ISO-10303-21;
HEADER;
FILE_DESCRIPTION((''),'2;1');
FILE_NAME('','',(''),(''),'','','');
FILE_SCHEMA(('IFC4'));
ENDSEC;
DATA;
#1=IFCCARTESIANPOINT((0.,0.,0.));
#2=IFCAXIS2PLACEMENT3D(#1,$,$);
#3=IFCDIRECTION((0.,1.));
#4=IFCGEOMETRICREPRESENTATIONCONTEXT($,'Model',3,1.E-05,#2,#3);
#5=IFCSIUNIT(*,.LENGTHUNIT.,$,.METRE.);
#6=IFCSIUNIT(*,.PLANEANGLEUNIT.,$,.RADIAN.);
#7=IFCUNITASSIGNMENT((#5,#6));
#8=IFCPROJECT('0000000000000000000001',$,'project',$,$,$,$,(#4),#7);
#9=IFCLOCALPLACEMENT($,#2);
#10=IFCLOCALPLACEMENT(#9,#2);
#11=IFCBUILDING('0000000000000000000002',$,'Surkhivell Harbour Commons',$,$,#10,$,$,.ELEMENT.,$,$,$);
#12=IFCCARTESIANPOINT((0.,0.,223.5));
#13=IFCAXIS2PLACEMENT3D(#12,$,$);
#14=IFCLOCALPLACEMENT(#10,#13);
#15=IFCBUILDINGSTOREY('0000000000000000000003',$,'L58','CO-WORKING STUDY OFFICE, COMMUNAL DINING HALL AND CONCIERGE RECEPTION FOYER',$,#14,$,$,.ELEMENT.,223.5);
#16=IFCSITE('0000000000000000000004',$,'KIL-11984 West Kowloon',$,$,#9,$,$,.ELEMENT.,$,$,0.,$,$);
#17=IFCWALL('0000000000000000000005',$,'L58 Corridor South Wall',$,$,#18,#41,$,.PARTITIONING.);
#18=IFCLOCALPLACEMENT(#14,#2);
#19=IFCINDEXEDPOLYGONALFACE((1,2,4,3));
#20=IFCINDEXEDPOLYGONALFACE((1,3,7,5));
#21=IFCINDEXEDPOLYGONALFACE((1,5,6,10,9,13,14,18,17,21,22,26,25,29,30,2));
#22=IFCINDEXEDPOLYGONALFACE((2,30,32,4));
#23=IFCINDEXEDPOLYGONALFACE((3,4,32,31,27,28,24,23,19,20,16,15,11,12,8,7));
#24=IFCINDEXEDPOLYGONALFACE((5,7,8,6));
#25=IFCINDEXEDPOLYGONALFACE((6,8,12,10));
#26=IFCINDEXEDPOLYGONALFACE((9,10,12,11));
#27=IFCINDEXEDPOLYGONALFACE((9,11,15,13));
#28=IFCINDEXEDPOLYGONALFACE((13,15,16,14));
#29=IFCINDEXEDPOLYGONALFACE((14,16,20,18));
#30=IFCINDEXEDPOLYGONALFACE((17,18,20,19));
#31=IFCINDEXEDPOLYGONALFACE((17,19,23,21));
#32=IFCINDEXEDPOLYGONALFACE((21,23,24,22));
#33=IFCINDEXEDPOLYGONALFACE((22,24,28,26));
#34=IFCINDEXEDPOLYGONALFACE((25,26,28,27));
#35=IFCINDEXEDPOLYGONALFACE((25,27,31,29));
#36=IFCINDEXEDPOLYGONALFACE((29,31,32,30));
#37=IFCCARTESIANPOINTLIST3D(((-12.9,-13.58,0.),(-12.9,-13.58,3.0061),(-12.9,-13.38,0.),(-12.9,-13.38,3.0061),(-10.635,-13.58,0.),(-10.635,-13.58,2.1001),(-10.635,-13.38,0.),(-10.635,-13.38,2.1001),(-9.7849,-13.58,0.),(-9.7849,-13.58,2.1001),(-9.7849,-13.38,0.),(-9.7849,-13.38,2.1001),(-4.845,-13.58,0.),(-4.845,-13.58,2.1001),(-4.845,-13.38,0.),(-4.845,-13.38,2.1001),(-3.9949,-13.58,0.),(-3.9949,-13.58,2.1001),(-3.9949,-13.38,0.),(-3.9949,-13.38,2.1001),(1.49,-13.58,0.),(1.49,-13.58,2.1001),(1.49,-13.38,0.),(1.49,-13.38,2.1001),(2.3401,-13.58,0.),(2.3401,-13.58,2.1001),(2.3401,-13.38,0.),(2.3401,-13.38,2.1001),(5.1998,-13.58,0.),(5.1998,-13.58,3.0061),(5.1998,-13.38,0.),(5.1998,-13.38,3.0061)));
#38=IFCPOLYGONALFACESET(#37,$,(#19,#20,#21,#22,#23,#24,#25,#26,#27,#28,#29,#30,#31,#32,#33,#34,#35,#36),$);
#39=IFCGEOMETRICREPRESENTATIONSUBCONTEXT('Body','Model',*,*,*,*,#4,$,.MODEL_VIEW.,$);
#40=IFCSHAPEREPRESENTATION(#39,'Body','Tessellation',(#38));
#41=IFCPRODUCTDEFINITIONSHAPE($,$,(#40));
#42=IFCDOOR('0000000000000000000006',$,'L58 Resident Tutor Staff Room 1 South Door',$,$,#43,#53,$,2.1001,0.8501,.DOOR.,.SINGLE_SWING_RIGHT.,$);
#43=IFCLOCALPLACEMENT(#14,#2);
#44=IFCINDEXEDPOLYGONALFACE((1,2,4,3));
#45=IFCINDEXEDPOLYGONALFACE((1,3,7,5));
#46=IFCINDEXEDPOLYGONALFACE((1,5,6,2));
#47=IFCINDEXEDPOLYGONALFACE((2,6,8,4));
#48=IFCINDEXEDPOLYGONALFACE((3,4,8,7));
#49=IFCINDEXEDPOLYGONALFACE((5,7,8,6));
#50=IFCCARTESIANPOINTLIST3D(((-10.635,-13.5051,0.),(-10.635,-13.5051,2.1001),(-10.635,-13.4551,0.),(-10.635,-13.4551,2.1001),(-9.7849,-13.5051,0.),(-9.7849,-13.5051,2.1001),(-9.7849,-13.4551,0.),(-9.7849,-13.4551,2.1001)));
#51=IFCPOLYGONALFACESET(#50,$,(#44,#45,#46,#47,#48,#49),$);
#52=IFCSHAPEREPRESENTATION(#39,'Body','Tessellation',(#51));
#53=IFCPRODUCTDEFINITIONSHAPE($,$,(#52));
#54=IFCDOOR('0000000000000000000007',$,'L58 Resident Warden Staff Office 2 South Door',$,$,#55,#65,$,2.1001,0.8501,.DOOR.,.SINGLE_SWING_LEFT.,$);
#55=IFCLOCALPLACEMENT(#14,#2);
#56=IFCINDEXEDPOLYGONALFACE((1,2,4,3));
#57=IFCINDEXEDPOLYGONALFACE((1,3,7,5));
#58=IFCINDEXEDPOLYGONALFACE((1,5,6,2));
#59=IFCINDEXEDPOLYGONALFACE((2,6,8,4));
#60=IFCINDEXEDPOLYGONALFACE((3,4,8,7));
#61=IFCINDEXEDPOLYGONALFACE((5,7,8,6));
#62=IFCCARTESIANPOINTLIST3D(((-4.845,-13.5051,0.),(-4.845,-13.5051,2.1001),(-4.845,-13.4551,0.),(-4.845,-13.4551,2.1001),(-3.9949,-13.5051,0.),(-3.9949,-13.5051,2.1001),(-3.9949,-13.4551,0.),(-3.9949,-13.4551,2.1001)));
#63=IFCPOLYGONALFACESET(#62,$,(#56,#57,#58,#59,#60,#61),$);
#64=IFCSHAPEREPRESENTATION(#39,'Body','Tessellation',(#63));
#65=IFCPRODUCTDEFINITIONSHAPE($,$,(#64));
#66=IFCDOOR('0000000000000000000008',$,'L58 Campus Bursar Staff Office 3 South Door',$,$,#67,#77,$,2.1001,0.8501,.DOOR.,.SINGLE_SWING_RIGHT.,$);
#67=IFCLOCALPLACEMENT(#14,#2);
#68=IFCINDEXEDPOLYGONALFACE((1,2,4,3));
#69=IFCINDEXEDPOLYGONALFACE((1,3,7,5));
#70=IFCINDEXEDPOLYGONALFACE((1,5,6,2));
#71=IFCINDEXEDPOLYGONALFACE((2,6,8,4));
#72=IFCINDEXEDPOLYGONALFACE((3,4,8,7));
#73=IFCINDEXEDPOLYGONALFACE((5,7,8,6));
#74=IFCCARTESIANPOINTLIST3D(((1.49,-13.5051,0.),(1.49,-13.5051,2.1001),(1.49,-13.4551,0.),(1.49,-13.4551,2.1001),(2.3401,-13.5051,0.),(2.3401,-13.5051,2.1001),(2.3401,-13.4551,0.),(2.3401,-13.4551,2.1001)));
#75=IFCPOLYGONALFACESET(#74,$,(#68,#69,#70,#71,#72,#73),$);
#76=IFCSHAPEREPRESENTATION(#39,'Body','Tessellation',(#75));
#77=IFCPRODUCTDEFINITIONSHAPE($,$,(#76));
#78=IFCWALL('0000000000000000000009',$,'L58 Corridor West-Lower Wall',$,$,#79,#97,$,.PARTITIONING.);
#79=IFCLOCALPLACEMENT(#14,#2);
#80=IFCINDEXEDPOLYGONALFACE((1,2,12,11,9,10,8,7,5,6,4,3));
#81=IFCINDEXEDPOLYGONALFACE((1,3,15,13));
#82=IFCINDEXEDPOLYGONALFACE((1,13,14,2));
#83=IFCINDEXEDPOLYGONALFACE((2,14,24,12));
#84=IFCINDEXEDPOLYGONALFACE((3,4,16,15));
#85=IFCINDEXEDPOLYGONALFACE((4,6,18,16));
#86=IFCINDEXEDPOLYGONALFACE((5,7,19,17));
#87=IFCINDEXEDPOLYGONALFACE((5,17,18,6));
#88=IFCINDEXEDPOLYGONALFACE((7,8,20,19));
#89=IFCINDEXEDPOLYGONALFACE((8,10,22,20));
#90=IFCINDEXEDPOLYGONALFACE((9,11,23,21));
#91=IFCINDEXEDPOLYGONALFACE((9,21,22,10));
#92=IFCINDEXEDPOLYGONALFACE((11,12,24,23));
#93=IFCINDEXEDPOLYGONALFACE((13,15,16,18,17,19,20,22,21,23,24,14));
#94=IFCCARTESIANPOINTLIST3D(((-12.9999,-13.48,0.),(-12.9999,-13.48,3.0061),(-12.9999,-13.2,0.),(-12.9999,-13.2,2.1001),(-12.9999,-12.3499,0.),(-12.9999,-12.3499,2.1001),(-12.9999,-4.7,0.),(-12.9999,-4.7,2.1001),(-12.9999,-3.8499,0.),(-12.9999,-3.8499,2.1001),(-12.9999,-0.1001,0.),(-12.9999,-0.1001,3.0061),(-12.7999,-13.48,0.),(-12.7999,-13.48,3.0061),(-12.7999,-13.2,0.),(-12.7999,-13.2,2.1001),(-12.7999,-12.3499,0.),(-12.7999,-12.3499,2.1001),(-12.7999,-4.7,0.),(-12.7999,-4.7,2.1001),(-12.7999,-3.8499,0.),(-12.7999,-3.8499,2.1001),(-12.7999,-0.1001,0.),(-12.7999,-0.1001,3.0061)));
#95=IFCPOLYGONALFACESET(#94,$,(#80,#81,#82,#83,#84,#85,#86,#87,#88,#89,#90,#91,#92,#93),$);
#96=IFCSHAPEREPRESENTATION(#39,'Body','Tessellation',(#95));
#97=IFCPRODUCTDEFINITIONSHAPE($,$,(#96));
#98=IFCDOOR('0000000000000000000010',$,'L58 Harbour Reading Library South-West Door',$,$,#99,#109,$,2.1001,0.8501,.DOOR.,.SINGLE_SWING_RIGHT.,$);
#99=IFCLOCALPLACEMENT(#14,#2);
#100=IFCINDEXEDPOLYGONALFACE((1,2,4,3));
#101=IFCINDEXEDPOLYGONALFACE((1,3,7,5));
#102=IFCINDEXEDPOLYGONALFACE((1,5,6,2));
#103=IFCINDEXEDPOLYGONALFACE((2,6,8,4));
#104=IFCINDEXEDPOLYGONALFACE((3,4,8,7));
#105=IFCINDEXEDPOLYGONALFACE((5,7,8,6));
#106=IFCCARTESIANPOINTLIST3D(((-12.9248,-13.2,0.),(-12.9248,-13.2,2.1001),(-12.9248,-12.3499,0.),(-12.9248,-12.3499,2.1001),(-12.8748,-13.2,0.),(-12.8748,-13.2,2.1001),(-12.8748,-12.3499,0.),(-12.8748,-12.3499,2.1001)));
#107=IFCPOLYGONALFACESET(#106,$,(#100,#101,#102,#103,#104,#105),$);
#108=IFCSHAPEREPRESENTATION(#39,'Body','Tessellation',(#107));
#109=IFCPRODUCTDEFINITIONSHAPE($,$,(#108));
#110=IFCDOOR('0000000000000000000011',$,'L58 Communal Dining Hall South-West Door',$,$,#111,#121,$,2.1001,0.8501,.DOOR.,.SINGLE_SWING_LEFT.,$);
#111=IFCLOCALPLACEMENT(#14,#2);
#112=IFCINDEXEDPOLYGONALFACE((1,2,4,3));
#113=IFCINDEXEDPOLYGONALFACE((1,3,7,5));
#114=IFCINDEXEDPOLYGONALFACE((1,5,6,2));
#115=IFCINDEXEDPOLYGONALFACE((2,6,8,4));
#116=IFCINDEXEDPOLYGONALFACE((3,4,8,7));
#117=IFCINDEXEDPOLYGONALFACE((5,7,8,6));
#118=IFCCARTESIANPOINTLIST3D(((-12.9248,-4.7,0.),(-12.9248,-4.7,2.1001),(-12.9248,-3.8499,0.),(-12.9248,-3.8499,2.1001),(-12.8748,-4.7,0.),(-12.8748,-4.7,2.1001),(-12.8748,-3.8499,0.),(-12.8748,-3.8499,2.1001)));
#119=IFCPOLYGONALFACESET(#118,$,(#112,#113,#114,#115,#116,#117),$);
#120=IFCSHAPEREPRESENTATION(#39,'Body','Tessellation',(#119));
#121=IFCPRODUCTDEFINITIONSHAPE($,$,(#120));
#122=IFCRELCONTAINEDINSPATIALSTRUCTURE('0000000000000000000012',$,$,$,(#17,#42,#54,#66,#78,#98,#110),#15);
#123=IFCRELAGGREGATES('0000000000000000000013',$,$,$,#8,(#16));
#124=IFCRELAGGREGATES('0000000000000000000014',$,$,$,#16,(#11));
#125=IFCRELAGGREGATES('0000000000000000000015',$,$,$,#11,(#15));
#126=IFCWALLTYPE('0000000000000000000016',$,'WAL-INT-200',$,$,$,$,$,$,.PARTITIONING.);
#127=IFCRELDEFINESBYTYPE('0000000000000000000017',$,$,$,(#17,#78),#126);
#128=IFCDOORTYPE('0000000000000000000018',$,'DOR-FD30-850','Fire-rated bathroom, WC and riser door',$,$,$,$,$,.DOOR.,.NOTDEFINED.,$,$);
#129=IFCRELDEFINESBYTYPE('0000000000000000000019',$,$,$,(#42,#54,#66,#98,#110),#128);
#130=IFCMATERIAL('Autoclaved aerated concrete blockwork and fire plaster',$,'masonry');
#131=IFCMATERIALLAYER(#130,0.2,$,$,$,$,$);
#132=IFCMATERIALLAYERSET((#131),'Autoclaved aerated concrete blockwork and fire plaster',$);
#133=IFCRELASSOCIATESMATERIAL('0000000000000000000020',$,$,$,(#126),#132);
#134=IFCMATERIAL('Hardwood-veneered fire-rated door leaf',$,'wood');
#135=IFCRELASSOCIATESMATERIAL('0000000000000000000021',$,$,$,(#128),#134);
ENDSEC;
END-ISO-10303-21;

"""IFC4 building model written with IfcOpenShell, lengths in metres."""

from ifc_helpers import new_model, si_unit, direction, frame, frame_2d, origin, place, context, subcontext, project, spatial, rectangle, extrude, material, layer, layer_set, type_object, element, fill, save


model = new_model("IFC4")

# Units and contexts
model_context = context("Model", 3, precision=1e-05, world=origin(), true_north=direction((0.0, 1.0)))
body_context = subcontext(model_context, "Body", "Model", "MODEL_VIEW")
ifc_project = project(units=[si_unit("LENGTHUNIT", "METRE"), si_unit("PLANEANGLEUNIT", "RADIAN")], contexts=[model_context])

# Site, building, storey
site_placement = place(None, origin())
site = spatial("IfcSite", under=ifc_project, at=site_placement, Name="KIL-11984 West Kowloon", CompositionType="ELEMENT", RefElevation=0.0)
building_placement = place(site_placement, origin())
building = spatial("IfcBuilding", under=site, at=building_placement, Name="Surkhivell Harbour Commons", CompositionType="ELEMENT")
storey_placement = place(building_placement, frame((0.0, 0.0, 223.5)))
storey = spatial("IfcBuildingStorey", under=building, at=storey_placement, Name="L58", Description="CO-WORKING STUDY OFFICE, COMMUNAL DINING HALL AND CONCIERGE RECEPTION FOYER", CompositionType="ELEMENT", Elevation=223.5)

# Walls, openings, doors
ifc_material_1 = material(Name="Autoclaved aerated concrete blockwork and fire plaster", Category="masonry")
ifc_layer_1 = layer(ifc_material_1, 0.2)
ifc_layer_set_1 = layer_set([ifc_layer_1], Name="Autoclaved aerated concrete blockwork and fire plaster")
wall_type_1 = type_object("IfcWallType", Name="WAL-INT-200", PredefinedType="PARTITIONING", material=ifc_layer_set_1)
wall_1_placement = place(storey_placement, frame((-12.8999, -13.48, 0.0), z_axis=(0.0, 0.0, 1.0), x_axis=(1.0, 0.0, 0.0)))
wall_1 = element("IfcWall", 1, at=wall_1_placement, inside=storey, type_object=wall_type_1, Name="L58 Corridor South Wall", PredefinedType="PARTITIONING", context=body_context, shape_type="SweptSolid", body=[
    extrude(rectangle(XDim=18.0999, YDim=0.2, at=frame_2d((9.0498, 0.0))), origin(), (0.0, 0.0, 1.0), 3.0061),
])
opening_1_placement = place(wall_1_placement, frame((2.2649, 0.0, 0.0)))
opening_1 = element("IfcOpeningElement", 2, at=opening_1_placement, cuts=wall_1, PredefinedType="OPENING", context=body_context, shape_type="SweptSolid", body=[
    extrude(rectangle(XDim=0.8501, YDim=2.1001, at=frame_2d((0.425, 1.05))), frame((0.0, 0.1099, 0.0), z_axis=(0.0, -1.0, 0.0), x_axis=(1.0, 0.0, 0.0)), (0.0, 0.0, 1.0), 0.22),
])
opening_2_placement = place(wall_1_placement, frame((8.0549, 0.0, 0.0)))
opening_2 = element("IfcOpeningElement", 3, at=opening_2_placement, cuts=wall_1, PredefinedType="OPENING", context=body_context, shape_type="SweptSolid", body=[
    extrude(rectangle(XDim=0.8501, YDim=2.1001, at=frame_2d((0.425, 1.05))), frame((0.0, 0.1099, 0.0), z_axis=(0.0, -1.0, 0.0), x_axis=(1.0, 0.0, 0.0)), (0.0, 0.0, 1.0), 0.22),
])
opening_3_placement = place(wall_1_placement, frame((14.3899, 0.0, 0.0)))
opening_3 = element("IfcOpeningElement", 4, at=opening_3_placement, cuts=wall_1, PredefinedType="OPENING", context=body_context, shape_type="SweptSolid", body=[
    extrude(rectangle(XDim=0.8501, YDim=2.1001, at=frame_2d((0.425, 1.05))), frame((0.0, 0.1099, 0.0), z_axis=(0.0, -1.0, 0.0), x_axis=(1.0, 0.0, 0.0)), (0.0, 0.0, 1.0), 0.22),
])
ifc_material_2 = material(Name="Hardwood-veneered fire-rated door leaf", Category="wood")
door_type = type_object("IfcDoorType", Name="DOR-FD30-850", Description="Fire-rated bathroom, WC and riser door", OperationType="NOTDEFINED", PredefinedType="DOOR", material=ifc_material_2)
door_1_placement = place(opening_1_placement, origin())
door_1 = element("IfcDoor", 5, at=door_1_placement, inside=storey, type_object=door_type, Name="L58 Resident Tutor Staff Room 1 South Door", OperationType="SINGLE_SWING_RIGHT", OverallHeight=2.1001, OverallWidth=0.8501, PredefinedType="DOOR", context=body_context, shape_type="SweptSolid", body=[
    extrude(rectangle(XDim=0.8501, YDim=2.1001, at=frame_2d((0.425, 1.05))), frame((0.0, 0.0249, 0.0), z_axis=(0.0, -1.0, 0.0), x_axis=(1.0, 0.0, 0.0)), (0.0, 0.0, 1.0), 0.05),
])
fill(opening_1, door_1)
door_2_placement = place(opening_2_placement, origin())
door_2 = element("IfcDoor", 6, at=door_2_placement, inside=storey, type_object=door_type, Name="L58 Resident Warden Staff Office 2 South Door", OperationType="SINGLE_SWING_LEFT", OverallHeight=2.1001, OverallWidth=0.8501, PredefinedType="DOOR", context=body_context, shape_type="SweptSolid", body=[
    extrude(rectangle(XDim=0.8501, YDim=2.1001, at=frame_2d((0.425, 1.05))), frame((0.0, 0.0249, 0.0), z_axis=(0.0, -1.0, 0.0), x_axis=(1.0, 0.0, 0.0)), (0.0, 0.0, 1.0), 0.05),
])
fill(opening_2, door_2)
door_3_placement = place(opening_3_placement, origin())
door_3 = element("IfcDoor", 7, at=door_3_placement, inside=storey, type_object=door_type, Name="L58 Campus Bursar Staff Office 3 South Door", OperationType="SINGLE_SWING_RIGHT", OverallHeight=2.1001, OverallWidth=0.8501, PredefinedType="DOOR", context=body_context, shape_type="SweptSolid", body=[
    extrude(rectangle(XDim=0.8501, YDim=2.1001, at=frame_2d((0.425, 1.05))), frame((0.0, 0.0249, 0.0), z_axis=(0.0, -1.0, 0.0), x_axis=(1.0, 0.0, 0.0)), (0.0, 0.0, 1.0), 0.05),
])
fill(opening_3, door_3)
wall_2_placement = place(storey_placement, frame((-12.8999, -13.48, 0.0), z_axis=(0.0, 0.0, 1.0), x_axis=(0.0, 1.0, 0.0)))
wall_2 = element("IfcWall", 8, at=wall_2_placement, inside=storey, type_object=wall_type_1, Name="L58 Corridor West-Lower Wall", PredefinedType="PARTITIONING", context=body_context, shape_type="SweptSolid", body=[
    extrude(rectangle(XDim=13.3799, YDim=0.2, at=frame_2d((6.6899, 0.0))), origin(), (0.0, 0.0, 1.0), 3.0061),
])
opening_4_placement = place(wall_2_placement, frame((0.28, 0.0, 0.0)))
opening_4 = element("IfcOpeningElement", 9, at=opening_4_placement, cuts=wall_2, PredefinedType="OPENING", context=body_context, shape_type="SweptSolid", body=[
    extrude(rectangle(XDim=0.8501, YDim=2.1001, at=frame_2d((0.425, 1.05))), frame((0.0, 0.1099, 0.0), z_axis=(0.0, -1.0, 0.0), x_axis=(1.0, 0.0, 0.0)), (0.0, 0.0, 1.0), 0.22),
])
opening_5_placement = place(wall_2_placement, frame((8.78, 0.0, 0.0)))
opening_5 = element("IfcOpeningElement", 10, at=opening_5_placement, cuts=wall_2, PredefinedType="OPENING", context=body_context, shape_type="SweptSolid", body=[
    extrude(rectangle(XDim=0.8501, YDim=2.1001, at=frame_2d((0.425, 1.05))), frame((0.0, 0.1099, 0.0), z_axis=(0.0, -1.0, 0.0), x_axis=(1.0, 0.0, 0.0)), (0.0, 0.0, 1.0), 0.22),
])
door_4_placement = place(opening_4_placement, origin())
door_4 = element("IfcDoor", 11, at=door_4_placement, inside=storey, type_object=door_type, Name="L58 Harbour Reading Library South-West Door", OperationType="SINGLE_SWING_RIGHT", OverallHeight=2.1001, OverallWidth=0.8501, PredefinedType="DOOR", context=body_context, shape_type="SweptSolid", body=[
    extrude(rectangle(XDim=0.8501, YDim=2.1001, at=frame_2d((0.425, 1.05))), frame((0.0, 0.0249, 0.0), z_axis=(0.0, -1.0, 0.0), x_axis=(1.0, 0.0, 0.0)), (0.0, 0.0, 1.0), 0.05),
])
fill(opening_4, door_4)
door_5_placement = place(opening_5_placement, origin())
door_5 = element("IfcDoor", 12, at=door_5_placement, inside=storey, type_object=door_type, Name="L58 Communal Dining Hall South-West Door", OperationType="SINGLE_SWING_LEFT", OverallHeight=2.1001, OverallWidth=0.8501, PredefinedType="DOOR", context=body_context, shape_type="SweptSolid", body=[
    extrude(rectangle(XDim=0.8501, YDim=2.1001, at=frame_2d((0.425, 1.05))), frame((0.0, 0.0249, 0.0), z_axis=(0.0, -1.0, 0.0), x_axis=(1.0, 0.0, 0.0)), (0.0, 0.0, 1.0), 0.05),
])
fill(opening_5, door_5)

save(model, "model.ifc")
